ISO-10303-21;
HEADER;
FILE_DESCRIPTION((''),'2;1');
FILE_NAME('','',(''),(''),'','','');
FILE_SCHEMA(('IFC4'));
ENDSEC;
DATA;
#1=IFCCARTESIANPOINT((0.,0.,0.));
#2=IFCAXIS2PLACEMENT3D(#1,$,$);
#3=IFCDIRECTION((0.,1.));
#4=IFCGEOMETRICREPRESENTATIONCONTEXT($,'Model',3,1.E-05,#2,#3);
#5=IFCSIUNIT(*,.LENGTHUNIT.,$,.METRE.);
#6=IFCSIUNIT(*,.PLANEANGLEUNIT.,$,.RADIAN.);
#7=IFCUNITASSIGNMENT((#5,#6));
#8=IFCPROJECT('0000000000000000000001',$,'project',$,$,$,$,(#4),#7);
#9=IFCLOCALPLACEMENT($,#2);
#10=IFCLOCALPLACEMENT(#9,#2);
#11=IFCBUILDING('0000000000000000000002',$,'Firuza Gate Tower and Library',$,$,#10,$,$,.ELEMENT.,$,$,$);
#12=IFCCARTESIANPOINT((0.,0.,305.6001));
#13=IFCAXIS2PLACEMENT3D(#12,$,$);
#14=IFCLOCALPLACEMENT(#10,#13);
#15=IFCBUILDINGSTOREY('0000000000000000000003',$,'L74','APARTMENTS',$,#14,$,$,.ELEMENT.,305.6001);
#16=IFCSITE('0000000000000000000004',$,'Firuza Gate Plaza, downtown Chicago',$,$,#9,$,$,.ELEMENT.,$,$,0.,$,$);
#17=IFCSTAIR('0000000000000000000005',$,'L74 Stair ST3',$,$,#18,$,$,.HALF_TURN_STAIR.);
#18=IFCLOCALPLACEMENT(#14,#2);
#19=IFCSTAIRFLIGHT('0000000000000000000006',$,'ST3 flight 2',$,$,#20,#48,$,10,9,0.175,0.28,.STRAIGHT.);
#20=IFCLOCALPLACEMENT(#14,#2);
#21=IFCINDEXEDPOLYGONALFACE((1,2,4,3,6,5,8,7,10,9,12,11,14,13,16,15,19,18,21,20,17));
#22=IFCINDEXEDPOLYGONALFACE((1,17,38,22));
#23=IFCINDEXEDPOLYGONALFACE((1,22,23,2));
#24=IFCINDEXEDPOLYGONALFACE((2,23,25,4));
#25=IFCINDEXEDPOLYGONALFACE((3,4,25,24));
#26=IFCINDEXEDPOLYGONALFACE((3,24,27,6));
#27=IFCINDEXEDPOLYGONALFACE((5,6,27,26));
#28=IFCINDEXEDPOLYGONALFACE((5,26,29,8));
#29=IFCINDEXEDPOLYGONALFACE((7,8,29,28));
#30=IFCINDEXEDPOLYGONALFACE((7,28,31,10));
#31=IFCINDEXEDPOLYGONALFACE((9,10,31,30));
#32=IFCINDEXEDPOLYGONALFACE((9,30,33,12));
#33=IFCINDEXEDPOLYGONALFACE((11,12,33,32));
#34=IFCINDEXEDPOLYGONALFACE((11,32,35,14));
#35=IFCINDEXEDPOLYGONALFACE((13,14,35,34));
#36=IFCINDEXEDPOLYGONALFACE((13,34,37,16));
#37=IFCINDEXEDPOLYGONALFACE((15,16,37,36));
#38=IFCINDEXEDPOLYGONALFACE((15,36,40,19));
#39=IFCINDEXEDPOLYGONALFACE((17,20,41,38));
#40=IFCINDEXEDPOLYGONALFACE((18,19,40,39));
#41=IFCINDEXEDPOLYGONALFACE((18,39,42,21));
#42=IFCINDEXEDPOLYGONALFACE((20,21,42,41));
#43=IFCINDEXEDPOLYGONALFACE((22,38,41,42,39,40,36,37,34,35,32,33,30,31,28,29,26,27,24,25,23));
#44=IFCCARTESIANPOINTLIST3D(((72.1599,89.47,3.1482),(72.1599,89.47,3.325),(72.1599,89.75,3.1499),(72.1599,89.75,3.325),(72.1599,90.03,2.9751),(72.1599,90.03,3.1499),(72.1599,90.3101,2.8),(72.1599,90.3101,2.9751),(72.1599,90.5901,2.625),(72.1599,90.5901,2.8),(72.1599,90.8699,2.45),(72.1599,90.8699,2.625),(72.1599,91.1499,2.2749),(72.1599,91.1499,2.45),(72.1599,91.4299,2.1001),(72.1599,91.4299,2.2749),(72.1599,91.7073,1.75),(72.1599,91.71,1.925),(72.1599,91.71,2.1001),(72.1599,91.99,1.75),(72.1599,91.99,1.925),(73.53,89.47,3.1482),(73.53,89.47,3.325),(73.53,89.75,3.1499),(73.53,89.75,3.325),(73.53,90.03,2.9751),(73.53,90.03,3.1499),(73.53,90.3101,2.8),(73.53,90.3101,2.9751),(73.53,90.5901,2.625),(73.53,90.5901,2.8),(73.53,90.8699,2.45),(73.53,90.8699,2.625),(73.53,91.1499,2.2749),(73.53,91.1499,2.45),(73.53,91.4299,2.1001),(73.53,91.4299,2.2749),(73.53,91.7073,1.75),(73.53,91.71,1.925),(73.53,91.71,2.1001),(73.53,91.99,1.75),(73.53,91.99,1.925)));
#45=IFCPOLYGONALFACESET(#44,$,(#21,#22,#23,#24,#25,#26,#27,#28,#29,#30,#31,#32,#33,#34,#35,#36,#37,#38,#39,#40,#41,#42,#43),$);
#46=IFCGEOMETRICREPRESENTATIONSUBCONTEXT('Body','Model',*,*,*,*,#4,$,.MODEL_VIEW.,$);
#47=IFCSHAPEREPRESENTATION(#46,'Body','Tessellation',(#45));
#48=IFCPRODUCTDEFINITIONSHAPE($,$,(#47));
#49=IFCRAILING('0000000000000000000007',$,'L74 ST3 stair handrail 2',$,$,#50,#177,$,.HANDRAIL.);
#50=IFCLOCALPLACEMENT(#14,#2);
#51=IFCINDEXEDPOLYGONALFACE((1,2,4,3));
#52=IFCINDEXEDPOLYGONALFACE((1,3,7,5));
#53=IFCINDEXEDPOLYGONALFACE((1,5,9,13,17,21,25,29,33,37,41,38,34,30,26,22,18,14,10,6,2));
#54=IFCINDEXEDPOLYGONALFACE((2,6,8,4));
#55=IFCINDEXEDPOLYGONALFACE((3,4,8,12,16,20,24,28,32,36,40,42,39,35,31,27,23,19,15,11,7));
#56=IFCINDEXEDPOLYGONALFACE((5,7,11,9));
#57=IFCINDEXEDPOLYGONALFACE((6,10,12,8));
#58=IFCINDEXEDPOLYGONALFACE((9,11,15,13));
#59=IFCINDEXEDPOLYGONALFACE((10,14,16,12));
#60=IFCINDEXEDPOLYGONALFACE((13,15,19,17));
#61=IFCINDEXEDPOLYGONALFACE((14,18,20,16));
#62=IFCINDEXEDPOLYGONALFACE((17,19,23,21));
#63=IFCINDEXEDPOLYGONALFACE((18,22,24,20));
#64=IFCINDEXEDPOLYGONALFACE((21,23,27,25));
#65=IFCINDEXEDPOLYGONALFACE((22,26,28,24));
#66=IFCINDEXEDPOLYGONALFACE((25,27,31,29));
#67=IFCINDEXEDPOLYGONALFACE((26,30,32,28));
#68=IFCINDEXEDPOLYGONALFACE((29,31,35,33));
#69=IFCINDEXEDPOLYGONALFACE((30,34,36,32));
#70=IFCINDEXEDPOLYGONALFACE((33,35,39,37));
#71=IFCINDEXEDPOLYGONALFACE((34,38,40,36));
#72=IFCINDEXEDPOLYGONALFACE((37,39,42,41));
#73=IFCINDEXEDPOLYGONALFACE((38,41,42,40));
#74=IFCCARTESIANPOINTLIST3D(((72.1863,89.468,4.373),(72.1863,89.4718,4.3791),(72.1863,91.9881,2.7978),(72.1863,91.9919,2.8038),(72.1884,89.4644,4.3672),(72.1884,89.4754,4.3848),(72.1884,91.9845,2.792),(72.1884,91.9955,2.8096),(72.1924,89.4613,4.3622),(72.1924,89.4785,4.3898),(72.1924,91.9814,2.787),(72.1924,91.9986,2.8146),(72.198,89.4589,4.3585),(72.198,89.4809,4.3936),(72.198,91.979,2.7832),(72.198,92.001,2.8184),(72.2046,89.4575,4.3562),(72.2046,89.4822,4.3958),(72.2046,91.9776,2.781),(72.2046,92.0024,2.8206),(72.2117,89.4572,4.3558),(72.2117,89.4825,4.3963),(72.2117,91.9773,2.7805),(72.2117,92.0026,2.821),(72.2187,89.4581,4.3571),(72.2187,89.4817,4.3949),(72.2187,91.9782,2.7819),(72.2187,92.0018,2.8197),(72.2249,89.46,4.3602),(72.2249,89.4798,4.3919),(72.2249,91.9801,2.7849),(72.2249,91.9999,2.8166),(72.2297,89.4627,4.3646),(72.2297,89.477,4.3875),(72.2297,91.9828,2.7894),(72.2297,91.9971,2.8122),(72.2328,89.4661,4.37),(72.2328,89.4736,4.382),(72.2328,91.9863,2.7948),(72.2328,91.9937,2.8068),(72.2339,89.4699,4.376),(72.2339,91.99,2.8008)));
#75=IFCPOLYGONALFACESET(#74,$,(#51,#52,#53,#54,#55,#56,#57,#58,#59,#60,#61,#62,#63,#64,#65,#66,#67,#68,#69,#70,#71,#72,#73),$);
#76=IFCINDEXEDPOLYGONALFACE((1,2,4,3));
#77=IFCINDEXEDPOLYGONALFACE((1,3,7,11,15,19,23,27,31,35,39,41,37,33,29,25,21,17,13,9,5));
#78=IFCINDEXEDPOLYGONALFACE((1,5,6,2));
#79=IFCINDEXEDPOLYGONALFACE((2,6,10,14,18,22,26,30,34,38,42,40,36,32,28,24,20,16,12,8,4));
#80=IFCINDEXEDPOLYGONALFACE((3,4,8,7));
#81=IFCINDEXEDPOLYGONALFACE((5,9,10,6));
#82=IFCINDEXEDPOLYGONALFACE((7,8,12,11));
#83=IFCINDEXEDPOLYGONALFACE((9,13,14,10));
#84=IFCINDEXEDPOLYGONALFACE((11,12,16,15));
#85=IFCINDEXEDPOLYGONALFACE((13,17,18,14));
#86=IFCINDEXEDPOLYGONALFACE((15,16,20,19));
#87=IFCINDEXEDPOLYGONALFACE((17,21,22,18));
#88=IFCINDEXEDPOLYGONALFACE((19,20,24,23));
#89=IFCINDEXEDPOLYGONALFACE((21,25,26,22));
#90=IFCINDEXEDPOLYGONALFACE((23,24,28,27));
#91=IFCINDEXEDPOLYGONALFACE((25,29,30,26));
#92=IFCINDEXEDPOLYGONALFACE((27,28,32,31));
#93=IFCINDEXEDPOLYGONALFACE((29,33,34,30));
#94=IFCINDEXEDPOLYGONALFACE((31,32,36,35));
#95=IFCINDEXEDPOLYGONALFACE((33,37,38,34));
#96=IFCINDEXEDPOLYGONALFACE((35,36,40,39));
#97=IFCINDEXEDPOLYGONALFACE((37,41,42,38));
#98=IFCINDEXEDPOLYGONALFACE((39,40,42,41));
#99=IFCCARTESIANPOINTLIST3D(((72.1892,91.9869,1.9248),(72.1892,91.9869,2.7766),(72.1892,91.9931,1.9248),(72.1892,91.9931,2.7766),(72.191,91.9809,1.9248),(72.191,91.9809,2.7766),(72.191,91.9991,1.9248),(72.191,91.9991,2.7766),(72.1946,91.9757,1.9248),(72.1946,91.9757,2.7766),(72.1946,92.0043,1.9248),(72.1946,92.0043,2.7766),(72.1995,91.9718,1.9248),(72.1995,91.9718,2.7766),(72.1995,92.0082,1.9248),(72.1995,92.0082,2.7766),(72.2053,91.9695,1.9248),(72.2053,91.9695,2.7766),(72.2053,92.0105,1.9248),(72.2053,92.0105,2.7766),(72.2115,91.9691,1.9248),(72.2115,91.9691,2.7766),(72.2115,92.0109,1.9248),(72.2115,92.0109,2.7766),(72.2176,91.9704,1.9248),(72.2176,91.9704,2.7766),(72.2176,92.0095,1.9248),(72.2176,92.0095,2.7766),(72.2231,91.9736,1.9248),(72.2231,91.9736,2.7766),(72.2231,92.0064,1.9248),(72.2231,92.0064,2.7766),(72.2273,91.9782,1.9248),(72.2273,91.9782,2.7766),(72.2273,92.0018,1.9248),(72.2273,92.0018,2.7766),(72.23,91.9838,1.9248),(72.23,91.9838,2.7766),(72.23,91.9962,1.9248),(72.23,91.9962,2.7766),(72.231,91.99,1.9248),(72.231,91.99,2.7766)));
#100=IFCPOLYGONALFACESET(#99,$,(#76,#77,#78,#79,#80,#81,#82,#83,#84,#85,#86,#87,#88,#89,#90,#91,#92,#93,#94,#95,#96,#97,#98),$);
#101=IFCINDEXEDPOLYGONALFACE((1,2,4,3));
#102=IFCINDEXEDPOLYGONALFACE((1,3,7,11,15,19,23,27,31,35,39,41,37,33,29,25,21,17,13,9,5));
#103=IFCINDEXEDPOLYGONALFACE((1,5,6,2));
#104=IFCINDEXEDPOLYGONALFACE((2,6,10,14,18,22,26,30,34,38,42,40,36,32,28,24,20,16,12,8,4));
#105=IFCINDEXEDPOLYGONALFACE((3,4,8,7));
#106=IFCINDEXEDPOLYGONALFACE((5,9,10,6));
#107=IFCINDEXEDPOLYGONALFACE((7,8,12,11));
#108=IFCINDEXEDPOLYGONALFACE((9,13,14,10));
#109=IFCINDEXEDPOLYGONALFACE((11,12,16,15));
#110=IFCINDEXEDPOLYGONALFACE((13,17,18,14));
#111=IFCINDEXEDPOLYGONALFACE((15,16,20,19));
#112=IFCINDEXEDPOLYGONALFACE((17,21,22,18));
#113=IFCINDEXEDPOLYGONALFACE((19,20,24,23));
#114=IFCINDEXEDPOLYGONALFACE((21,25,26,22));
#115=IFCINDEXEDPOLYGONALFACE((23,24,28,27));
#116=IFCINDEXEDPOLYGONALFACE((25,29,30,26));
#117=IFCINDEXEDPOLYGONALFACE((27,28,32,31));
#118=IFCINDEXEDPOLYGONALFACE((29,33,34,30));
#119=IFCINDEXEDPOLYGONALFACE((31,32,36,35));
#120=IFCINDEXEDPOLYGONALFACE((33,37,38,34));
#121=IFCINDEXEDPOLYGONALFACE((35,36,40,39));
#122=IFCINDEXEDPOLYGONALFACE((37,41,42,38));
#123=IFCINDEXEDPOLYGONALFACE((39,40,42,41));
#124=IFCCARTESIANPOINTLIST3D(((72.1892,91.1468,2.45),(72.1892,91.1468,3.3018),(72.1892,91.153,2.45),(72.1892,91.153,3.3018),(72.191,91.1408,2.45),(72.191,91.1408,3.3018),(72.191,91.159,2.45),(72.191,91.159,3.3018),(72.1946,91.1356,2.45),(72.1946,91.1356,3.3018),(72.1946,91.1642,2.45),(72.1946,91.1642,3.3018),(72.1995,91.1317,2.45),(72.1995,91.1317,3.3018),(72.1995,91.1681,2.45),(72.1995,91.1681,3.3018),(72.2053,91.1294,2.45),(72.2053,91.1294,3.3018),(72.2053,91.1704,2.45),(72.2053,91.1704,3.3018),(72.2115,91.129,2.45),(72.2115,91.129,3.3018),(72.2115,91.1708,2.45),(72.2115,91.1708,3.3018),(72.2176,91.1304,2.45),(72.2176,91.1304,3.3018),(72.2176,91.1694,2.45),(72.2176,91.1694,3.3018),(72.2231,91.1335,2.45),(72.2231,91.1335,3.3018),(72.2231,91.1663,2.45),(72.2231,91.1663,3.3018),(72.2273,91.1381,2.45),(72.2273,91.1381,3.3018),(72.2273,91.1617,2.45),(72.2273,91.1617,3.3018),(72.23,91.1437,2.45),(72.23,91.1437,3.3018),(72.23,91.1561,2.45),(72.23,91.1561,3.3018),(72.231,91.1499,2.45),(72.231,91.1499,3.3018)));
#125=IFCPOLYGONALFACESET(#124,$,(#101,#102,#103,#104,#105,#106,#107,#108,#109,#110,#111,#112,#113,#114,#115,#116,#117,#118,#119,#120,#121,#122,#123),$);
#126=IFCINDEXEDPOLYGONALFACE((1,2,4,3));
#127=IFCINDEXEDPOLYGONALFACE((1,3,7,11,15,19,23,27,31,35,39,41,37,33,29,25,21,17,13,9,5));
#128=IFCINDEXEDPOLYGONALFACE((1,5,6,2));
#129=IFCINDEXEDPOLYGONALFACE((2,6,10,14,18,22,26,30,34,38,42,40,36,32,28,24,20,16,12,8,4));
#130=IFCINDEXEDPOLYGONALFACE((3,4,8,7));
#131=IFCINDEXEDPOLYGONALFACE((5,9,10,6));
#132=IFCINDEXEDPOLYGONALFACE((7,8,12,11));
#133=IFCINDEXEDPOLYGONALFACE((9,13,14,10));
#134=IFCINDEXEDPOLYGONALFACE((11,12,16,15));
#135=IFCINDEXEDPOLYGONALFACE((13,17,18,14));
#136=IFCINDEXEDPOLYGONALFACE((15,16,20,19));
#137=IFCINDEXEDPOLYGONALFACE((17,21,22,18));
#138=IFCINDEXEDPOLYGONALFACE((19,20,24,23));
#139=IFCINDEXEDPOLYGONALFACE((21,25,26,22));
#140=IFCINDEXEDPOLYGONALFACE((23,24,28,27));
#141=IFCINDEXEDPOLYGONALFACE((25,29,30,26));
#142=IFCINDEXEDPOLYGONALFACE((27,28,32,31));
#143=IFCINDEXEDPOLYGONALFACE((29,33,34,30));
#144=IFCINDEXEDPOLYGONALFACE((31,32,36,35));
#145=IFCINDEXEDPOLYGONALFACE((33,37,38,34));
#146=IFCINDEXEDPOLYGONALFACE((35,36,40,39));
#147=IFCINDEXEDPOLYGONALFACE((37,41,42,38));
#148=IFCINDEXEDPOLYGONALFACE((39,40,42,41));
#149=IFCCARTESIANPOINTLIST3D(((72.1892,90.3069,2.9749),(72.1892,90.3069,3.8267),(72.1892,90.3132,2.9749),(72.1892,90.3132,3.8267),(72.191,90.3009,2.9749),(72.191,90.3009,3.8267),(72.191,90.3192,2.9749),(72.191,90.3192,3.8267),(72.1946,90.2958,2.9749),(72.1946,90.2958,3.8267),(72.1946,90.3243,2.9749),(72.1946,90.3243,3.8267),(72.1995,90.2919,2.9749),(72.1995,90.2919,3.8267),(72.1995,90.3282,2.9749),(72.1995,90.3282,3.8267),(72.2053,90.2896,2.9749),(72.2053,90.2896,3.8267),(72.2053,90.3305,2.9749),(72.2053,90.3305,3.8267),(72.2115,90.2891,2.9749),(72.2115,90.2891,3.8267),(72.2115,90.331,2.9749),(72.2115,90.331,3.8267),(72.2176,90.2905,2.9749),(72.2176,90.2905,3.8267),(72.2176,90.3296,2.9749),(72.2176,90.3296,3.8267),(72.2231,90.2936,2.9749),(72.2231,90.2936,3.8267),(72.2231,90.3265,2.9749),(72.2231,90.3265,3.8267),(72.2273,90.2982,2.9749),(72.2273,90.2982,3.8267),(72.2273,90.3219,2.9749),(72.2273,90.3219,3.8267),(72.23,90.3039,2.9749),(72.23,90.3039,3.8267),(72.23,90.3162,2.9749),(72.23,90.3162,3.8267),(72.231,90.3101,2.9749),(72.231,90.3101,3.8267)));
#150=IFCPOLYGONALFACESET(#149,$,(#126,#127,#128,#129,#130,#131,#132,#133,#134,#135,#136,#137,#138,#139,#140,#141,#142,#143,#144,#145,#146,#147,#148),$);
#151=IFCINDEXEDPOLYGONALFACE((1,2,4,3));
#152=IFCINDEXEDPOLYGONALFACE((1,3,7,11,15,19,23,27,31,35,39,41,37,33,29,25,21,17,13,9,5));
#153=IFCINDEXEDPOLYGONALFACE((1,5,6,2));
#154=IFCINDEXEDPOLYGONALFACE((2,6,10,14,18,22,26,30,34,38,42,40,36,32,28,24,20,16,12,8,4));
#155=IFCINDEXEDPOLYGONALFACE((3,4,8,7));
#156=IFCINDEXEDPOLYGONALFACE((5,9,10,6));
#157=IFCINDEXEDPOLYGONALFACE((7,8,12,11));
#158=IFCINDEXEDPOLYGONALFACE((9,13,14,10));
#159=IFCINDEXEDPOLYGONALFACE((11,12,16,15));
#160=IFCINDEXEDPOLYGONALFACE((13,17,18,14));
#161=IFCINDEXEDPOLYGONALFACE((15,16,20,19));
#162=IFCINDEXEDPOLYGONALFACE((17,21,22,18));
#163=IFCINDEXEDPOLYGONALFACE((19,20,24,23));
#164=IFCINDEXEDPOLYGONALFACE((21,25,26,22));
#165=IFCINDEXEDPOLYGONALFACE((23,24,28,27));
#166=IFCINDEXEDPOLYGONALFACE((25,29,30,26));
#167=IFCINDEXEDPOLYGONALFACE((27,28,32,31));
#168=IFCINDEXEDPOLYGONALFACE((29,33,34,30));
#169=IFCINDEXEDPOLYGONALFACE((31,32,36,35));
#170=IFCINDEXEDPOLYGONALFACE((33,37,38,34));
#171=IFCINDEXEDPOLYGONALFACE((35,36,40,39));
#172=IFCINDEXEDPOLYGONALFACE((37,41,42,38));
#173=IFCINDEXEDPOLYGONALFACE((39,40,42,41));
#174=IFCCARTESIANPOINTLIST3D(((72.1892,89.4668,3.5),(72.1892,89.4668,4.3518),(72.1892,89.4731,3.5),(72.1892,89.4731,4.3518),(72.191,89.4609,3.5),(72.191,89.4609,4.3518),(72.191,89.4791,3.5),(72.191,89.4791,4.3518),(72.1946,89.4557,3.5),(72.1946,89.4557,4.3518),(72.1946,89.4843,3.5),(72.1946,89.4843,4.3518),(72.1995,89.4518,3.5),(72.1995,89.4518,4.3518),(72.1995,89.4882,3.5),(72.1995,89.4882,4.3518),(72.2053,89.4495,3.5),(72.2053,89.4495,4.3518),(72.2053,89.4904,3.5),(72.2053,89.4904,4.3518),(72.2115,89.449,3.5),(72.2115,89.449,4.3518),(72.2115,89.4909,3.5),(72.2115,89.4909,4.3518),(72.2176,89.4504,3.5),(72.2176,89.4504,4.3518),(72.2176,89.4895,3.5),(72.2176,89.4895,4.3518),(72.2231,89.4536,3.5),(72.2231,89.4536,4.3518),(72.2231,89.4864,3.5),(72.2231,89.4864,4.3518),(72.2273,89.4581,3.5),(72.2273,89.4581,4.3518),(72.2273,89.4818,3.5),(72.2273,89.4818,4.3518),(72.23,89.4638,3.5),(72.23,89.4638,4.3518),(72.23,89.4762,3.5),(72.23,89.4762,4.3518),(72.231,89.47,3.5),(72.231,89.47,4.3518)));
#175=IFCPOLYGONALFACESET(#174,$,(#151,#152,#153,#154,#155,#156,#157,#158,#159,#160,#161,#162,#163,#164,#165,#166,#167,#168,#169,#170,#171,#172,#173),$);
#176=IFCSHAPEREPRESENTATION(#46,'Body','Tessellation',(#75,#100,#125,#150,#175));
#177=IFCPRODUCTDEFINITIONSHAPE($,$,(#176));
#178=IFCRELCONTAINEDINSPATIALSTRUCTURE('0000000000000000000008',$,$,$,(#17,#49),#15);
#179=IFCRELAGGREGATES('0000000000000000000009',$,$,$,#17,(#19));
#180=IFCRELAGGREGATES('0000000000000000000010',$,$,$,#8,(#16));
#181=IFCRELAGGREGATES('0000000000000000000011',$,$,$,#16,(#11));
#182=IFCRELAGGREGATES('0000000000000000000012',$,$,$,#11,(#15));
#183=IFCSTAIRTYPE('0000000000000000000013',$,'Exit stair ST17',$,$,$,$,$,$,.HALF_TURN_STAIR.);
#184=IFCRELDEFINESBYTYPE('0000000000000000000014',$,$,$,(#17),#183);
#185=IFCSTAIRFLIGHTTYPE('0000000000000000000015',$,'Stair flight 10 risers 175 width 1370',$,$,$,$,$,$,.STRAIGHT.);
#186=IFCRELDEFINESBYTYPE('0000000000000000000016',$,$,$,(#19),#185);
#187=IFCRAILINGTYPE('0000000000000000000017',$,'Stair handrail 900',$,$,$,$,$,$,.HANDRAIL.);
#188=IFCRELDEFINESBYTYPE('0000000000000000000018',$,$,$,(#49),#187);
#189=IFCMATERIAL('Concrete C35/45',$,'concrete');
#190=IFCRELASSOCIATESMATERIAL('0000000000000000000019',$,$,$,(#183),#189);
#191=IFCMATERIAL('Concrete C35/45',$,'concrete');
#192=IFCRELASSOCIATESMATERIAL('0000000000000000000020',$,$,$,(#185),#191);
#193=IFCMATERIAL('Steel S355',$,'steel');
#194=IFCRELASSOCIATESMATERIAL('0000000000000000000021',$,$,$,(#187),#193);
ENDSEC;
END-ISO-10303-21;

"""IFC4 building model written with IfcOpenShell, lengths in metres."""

from ifc_helpers import new_model, si_unit, direction, frame, origin, origin_2d, place, context, subcontext, project, spatial, polyline, circle, outline, extrude, material, type_object, element, aggregate, save


model = new_model("IFC4")

# Units and contexts
model_context = context("Model", 3, precision=1e-05, world=origin(), true_north=direction((0.0, 1.0)))
body_context = subcontext(model_context, "Body", "Model", "MODEL_VIEW")
ifc_project = project(units=[si_unit("LENGTHUNIT", "METRE"), si_unit("PLANEANGLEUNIT", "RADIAN")], contexts=[model_context])

# Site, building, storey
site_placement = place(None, origin())
site = spatial("IfcSite", under=ifc_project, at=site_placement, Name="Firuza Gate Plaza, downtown Chicago", CompositionType="ELEMENT", RefElevation=0.0)
building_placement = place(site_placement, origin())
building = spatial("IfcBuilding", under=site, at=building_placement, Name="Firuza Gate Tower and Library", CompositionType="ELEMENT")
storey_placement = place(building_placement, frame((0.0, 0.0, 305.6001)))
storey = spatial("IfcBuildingStorey", under=building, at=storey_placement, Name="L74", Description="APARTMENTS", CompositionType="ELEMENT", Elevation=305.6001)

# Shared definitions
placement = place(storey_placement, origin())

# Stair, stair flight
ifc_material_1 = material(Name="Concrete C35/45", Category="concrete")
stair_type = type_object("IfcStairType", Name="Exit stair ST17", PredefinedType="HALF_TURN_STAIR", material=ifc_material_1)
stair = element("IfcStair", 1, at=placement, inside=storey, type_object=stair_type, Name="L74 Stair ST3", PredefinedType="HALF_TURN_STAIR")
ifc_material_2 = material(Name="Concrete C35/45", Category="concrete")
stair_flight_type = type_object("IfcStairFlightType", Name="Stair flight 10 risers 175 width 1370", PredefinedType="STRAIGHT", material=ifc_material_2)
stair_flight_1_placement = place(storey_placement, frame((72.845, 91.99, 1.75), z_axis=(0.0, 0.0, 1.0), x_axis=(0.0, -1.0, 0.0)))
stair_flight_1 = element("IfcStairFlight", 2, at=stair_flight_1_placement, type_object=stair_flight_type, Name="ST3 flight 2", NumberOfRisers=10, NumberOfTreads=9, PredefinedType="STRAIGHT", RiserHeight=0.175, TreadLength=0.28, context=body_context, shape_type="SweptSolid", body=[
    extrude(outline(polyline([(0.0, 0.0), (0.0, 0.175), (0.28, 0.175), (0.28, 0.3501), (0.5601, 0.3501), (0.5601, 0.5249), (0.8401, 0.5249), (0.8401, 0.7), (1.1201, 0.7), (1.1201, 0.875), (1.3999, 0.875), (1.3999, 1.05), (1.6799, 1.05), (1.6799, 1.2251), (1.96, 1.2251), (1.96, 1.3999), (2.24, 1.3999), (2.24, 1.575), (2.52, 1.575), (2.52, 1.75), (2.52, 1.3982), (0.2827, 0.0), (0.0, 0.0)])), frame((0.0, 0.6851, 0.0), z_axis=(0.0, -1.0, 0.0), x_axis=(1.0, 0.0, 0.0)), (0.0, 0.0, 1.0), 1.3701),
])
aggregate(stair, [stair_flight_1])

# Railing
ifc_material_3 = material(Name="Steel S355", Category="steel")
railing_type_1 = type_object("IfcRailingType", Name="Stair handrail 900", PredefinedType="HANDRAIL", material=ifc_material_3)
railing_1_placement = place(storey_placement, frame((72.21, 91.99, 1.9248)))
element("IfcRailing", 3, at=railing_1_placement, inside=storey, type_object=railing_type_1, Name="L74 ST3 stair handrail 2", PredefinedType="HANDRAIL", context=body_context, shape_type="SweptSolid", body=[
    extrude(circle(Radius=0.0239, at=origin_2d()), frame((0.0, 0.0, 0.876), z_axis=(0.0, -0.847971, 0.530043), x_axis=(1.0, 0.0, 0.0)), (0.0, 0.0, 1.0), 2.9719),
    extrude(circle(Radius=0.021, at=origin_2d()), origin(), (0.0, 0.0, 1.0), 0.8518),
    extrude(circle(Radius=0.021, at=origin_2d()), frame((0.0, -0.8401, 0.5251)), (0.0, 0.0, 1.0), 0.8518),
    extrude(circle(Radius=0.021, at=origin_2d()), frame((0.0, -1.6799, 1.05)), (0.0, 0.0, 1.0), 0.8518),
    extrude(circle(Radius=0.021, at=origin_2d()), frame((0.0, -2.52, 1.5752)), (0.0, 0.0, 1.0), 0.8518),
])

save(model, "model.ifc")
